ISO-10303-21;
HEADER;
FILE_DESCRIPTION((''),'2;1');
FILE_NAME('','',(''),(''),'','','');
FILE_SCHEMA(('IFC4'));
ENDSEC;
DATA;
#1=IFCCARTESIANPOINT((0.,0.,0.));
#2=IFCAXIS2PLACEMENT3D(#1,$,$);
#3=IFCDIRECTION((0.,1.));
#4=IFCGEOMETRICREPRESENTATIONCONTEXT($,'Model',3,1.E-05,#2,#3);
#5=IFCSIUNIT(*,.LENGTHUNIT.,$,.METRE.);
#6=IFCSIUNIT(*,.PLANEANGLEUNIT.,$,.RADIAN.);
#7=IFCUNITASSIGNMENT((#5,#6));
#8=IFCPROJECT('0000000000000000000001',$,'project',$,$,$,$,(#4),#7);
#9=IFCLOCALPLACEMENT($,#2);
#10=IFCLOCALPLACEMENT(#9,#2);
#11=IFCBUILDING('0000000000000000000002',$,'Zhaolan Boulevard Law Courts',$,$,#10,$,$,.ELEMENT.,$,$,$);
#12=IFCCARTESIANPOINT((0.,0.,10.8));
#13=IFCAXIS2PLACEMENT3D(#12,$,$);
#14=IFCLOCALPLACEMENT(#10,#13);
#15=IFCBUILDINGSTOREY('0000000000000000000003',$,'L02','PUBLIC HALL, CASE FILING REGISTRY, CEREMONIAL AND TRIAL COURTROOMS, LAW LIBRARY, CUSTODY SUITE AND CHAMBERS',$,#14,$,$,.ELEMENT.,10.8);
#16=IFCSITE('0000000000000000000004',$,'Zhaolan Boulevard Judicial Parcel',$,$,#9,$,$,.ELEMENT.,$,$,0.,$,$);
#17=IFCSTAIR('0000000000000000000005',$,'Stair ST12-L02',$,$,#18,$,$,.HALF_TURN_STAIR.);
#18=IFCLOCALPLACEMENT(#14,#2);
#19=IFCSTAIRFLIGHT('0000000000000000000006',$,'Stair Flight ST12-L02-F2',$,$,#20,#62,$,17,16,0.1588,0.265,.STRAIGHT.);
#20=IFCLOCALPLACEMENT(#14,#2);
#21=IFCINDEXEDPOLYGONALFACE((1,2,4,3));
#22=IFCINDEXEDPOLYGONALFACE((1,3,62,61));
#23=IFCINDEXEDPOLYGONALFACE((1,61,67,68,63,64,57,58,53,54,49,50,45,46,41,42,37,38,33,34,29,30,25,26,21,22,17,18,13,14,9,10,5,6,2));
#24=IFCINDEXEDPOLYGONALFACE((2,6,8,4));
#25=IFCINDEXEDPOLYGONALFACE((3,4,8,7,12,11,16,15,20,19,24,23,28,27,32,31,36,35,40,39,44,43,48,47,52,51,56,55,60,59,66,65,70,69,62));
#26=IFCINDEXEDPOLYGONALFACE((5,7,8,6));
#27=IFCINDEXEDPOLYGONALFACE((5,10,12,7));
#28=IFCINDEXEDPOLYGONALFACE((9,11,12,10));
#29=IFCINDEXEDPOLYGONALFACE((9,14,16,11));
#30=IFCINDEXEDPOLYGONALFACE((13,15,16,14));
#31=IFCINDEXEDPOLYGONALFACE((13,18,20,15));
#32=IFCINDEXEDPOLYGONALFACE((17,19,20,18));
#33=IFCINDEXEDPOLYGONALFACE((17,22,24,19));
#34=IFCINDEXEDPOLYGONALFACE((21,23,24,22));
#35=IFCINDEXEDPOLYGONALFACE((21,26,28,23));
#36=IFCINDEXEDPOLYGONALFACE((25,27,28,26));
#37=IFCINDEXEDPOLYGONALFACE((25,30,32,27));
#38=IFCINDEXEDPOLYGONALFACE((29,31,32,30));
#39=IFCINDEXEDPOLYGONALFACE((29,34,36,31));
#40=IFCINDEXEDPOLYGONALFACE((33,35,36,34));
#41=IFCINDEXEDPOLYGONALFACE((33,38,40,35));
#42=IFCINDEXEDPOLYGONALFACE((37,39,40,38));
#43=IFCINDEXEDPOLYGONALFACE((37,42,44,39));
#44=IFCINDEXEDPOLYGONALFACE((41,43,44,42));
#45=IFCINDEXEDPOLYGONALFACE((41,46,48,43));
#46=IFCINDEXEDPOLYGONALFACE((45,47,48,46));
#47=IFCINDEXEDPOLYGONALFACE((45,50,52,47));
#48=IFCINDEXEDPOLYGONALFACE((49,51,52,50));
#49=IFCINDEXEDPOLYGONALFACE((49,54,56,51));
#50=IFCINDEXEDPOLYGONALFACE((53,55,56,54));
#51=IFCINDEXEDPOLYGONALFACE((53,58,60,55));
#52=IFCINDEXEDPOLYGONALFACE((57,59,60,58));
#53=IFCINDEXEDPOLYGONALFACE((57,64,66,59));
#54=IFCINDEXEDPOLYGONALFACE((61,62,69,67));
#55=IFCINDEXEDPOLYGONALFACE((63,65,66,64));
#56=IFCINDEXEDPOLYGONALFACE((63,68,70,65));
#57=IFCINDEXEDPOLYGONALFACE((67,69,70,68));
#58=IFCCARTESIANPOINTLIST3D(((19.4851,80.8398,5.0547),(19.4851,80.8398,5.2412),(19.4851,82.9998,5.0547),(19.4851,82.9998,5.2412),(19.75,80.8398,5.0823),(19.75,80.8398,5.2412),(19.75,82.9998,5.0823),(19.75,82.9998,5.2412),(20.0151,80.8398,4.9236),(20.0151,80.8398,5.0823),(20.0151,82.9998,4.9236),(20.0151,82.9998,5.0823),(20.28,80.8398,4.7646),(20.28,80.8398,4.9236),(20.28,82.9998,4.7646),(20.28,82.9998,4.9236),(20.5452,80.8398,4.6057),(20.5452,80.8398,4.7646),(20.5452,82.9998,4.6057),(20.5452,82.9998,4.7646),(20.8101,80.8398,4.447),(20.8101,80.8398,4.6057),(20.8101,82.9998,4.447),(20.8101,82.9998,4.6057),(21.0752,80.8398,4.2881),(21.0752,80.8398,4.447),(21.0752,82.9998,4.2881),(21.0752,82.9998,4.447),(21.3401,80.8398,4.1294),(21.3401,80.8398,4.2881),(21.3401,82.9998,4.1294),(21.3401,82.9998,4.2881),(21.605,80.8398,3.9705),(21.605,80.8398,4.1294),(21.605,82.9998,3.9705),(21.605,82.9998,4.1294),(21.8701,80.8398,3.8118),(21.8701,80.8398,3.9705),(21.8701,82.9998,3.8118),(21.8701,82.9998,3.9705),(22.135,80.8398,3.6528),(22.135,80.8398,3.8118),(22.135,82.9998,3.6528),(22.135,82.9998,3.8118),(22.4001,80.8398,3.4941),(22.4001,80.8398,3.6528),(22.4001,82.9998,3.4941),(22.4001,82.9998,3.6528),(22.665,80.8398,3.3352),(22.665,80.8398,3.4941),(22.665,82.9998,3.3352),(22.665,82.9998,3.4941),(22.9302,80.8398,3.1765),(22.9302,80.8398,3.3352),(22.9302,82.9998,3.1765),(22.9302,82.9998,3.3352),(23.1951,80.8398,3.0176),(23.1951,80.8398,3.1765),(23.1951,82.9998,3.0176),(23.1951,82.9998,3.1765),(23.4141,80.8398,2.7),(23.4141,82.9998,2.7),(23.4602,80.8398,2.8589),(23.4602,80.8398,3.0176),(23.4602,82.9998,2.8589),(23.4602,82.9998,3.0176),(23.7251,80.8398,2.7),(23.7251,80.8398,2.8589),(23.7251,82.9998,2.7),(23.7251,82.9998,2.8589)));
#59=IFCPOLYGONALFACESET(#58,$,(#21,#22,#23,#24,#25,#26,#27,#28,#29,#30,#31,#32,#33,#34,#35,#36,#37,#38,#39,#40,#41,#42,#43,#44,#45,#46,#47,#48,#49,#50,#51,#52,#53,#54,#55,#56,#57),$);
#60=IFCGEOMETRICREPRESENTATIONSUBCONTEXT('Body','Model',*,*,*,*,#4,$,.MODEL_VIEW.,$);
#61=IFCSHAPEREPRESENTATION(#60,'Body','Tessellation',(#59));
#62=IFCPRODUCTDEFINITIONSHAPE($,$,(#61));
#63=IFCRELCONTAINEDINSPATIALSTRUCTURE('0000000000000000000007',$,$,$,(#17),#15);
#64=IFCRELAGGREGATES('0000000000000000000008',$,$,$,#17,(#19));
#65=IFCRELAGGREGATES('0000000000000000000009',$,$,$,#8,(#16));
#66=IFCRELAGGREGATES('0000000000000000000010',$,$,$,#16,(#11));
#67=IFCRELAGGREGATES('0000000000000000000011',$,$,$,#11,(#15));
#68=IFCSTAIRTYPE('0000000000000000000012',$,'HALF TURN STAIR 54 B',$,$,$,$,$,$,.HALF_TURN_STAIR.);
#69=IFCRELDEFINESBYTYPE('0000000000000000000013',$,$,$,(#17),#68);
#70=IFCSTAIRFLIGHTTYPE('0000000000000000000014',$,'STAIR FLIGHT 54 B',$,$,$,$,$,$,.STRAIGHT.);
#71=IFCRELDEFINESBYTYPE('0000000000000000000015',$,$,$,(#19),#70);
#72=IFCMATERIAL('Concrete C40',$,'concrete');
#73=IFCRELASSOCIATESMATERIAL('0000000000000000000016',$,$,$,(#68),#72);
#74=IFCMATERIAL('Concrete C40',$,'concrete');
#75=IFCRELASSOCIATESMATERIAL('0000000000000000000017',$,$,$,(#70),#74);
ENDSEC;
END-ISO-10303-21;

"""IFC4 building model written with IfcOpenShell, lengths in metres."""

from ifc_helpers import new_model, si_unit, direction, frame, origin, place, context, subcontext, project, spatial, polyline, outline, extrude, material, type_object, element, aggregate, save


model = new_model("IFC4")

# Units and contexts
model_context = context("Model", 3, precision=1e-05, world=origin(), true_north=direction((0.0, 1.0)))
body_context = subcontext(model_context, "Body", "Model", "MODEL_VIEW")
ifc_project = project(units=[si_unit("LENGTHUNIT", "METRE"), si_unit("PLANEANGLEUNIT", "RADIAN")], contexts=[model_context])

# Site, building, storey
site_placement = place(None, origin())
site = spatial("IfcSite", under=ifc_project, at=site_placement, Name="Zhaolan Boulevard Judicial Parcel", CompositionType="ELEMENT", RefElevation=0.0)
building_placement = place(site_placement, origin())
building = spatial("IfcBuilding", under=site, at=building_placement, Name="Zhaolan Boulevard Law Courts", CompositionType="ELEMENT")
storey_placement = place(building_placement, frame((0.0, 0.0, 10.8)))
storey = spatial("IfcBuildingStorey", under=building, at=storey_placement, Name="L02", Description="PUBLIC HALL, CASE FILING REGISTRY, CEREMONIAL AND TRIAL COURTROOMS, LAW LIBRARY, CUSTODY SUITE AND CHAMBERS", CompositionType="ELEMENT", Elevation=10.8)

# Stair, stair flight
ifc_material_1 = material(Name="Concrete C40", Category="concrete")
stair_type = type_object("IfcStairType", Name="HALF TURN STAIR 54 B", PredefinedType="HALF_TURN_STAIR", material=ifc_material_1)
stair_placement = place(storey_placement, origin())
stair = element("IfcStair", 1, at=stair_placement, inside=storey, type_object=stair_type, Name="Stair ST12-L02", PredefinedType="HALF_TURN_STAIR")
ifc_material_2 = material(Name="Concrete C40", Category="concrete")
stair_flight_type = type_object("IfcStairFlightType", Name="STAIR FLIGHT 54 B", PredefinedType="STRAIGHT", material=ifc_material_2)
stair_flight_placement = place(storey_placement, frame((23.7251, 81.9199, 2.7), z_axis=(0.0, 0.0, 1.0), x_axis=(-1.0, 0.0, 0.0)))
stair_flight = element("IfcStairFlight", 2, at=stair_flight_placement, type_object=stair_flight_type, Name="Stair Flight ST12-L02-F2", NumberOfRisers=17, NumberOfTreads=16, PredefinedType="STRAIGHT", RiserHeight=0.1588, TreadLength=0.265, context=body_context, shape_type="SweptSolid", body=[
    extrude(outline(polyline([(0.0, 0.0), (0.0, 0.1589), (0.2649, 0.1589), (0.2649, 0.3176), (0.53, 0.3176), (0.53, 0.4766), (0.7949, 0.4766), (0.7949, 0.6353), (1.0601, 0.6353), (1.0601, 0.7942), (1.325, 0.7942), (1.325, 0.9529), (1.5901, 0.9529), (1.5901, 1.1118), (1.855, 1.1118), (1.855, 1.2705), (2.1201, 1.2705), (2.1201, 1.4294), (2.385, 1.4294), (2.385, 1.5881), (2.6499, 1.5881), (2.6499, 1.7471), (2.915, 1.7471), (2.915, 1.9058), (3.1799, 1.9058), (3.1799, 2.0647), (3.4451, 2.0647), (3.4451, 2.2236), (3.71, 2.2236), (3.71, 2.3823), (3.9751, 2.3823), (3.9751, 2.5413), (4.24, 2.5413), (4.24, 2.7), (4.24, 2.3547), (0.311, 0.0), (0.0, 0.0)])), frame((0.0, 1.0801, 0.0), z_axis=(0.0, -1.0, 0.0), x_axis=(1.0, 0.0, 0.0)), (0.0, 0.0, 1.0), 2.1599),
])
aggregate(stair, [stair_flight])

save(model, "model.ifc")
